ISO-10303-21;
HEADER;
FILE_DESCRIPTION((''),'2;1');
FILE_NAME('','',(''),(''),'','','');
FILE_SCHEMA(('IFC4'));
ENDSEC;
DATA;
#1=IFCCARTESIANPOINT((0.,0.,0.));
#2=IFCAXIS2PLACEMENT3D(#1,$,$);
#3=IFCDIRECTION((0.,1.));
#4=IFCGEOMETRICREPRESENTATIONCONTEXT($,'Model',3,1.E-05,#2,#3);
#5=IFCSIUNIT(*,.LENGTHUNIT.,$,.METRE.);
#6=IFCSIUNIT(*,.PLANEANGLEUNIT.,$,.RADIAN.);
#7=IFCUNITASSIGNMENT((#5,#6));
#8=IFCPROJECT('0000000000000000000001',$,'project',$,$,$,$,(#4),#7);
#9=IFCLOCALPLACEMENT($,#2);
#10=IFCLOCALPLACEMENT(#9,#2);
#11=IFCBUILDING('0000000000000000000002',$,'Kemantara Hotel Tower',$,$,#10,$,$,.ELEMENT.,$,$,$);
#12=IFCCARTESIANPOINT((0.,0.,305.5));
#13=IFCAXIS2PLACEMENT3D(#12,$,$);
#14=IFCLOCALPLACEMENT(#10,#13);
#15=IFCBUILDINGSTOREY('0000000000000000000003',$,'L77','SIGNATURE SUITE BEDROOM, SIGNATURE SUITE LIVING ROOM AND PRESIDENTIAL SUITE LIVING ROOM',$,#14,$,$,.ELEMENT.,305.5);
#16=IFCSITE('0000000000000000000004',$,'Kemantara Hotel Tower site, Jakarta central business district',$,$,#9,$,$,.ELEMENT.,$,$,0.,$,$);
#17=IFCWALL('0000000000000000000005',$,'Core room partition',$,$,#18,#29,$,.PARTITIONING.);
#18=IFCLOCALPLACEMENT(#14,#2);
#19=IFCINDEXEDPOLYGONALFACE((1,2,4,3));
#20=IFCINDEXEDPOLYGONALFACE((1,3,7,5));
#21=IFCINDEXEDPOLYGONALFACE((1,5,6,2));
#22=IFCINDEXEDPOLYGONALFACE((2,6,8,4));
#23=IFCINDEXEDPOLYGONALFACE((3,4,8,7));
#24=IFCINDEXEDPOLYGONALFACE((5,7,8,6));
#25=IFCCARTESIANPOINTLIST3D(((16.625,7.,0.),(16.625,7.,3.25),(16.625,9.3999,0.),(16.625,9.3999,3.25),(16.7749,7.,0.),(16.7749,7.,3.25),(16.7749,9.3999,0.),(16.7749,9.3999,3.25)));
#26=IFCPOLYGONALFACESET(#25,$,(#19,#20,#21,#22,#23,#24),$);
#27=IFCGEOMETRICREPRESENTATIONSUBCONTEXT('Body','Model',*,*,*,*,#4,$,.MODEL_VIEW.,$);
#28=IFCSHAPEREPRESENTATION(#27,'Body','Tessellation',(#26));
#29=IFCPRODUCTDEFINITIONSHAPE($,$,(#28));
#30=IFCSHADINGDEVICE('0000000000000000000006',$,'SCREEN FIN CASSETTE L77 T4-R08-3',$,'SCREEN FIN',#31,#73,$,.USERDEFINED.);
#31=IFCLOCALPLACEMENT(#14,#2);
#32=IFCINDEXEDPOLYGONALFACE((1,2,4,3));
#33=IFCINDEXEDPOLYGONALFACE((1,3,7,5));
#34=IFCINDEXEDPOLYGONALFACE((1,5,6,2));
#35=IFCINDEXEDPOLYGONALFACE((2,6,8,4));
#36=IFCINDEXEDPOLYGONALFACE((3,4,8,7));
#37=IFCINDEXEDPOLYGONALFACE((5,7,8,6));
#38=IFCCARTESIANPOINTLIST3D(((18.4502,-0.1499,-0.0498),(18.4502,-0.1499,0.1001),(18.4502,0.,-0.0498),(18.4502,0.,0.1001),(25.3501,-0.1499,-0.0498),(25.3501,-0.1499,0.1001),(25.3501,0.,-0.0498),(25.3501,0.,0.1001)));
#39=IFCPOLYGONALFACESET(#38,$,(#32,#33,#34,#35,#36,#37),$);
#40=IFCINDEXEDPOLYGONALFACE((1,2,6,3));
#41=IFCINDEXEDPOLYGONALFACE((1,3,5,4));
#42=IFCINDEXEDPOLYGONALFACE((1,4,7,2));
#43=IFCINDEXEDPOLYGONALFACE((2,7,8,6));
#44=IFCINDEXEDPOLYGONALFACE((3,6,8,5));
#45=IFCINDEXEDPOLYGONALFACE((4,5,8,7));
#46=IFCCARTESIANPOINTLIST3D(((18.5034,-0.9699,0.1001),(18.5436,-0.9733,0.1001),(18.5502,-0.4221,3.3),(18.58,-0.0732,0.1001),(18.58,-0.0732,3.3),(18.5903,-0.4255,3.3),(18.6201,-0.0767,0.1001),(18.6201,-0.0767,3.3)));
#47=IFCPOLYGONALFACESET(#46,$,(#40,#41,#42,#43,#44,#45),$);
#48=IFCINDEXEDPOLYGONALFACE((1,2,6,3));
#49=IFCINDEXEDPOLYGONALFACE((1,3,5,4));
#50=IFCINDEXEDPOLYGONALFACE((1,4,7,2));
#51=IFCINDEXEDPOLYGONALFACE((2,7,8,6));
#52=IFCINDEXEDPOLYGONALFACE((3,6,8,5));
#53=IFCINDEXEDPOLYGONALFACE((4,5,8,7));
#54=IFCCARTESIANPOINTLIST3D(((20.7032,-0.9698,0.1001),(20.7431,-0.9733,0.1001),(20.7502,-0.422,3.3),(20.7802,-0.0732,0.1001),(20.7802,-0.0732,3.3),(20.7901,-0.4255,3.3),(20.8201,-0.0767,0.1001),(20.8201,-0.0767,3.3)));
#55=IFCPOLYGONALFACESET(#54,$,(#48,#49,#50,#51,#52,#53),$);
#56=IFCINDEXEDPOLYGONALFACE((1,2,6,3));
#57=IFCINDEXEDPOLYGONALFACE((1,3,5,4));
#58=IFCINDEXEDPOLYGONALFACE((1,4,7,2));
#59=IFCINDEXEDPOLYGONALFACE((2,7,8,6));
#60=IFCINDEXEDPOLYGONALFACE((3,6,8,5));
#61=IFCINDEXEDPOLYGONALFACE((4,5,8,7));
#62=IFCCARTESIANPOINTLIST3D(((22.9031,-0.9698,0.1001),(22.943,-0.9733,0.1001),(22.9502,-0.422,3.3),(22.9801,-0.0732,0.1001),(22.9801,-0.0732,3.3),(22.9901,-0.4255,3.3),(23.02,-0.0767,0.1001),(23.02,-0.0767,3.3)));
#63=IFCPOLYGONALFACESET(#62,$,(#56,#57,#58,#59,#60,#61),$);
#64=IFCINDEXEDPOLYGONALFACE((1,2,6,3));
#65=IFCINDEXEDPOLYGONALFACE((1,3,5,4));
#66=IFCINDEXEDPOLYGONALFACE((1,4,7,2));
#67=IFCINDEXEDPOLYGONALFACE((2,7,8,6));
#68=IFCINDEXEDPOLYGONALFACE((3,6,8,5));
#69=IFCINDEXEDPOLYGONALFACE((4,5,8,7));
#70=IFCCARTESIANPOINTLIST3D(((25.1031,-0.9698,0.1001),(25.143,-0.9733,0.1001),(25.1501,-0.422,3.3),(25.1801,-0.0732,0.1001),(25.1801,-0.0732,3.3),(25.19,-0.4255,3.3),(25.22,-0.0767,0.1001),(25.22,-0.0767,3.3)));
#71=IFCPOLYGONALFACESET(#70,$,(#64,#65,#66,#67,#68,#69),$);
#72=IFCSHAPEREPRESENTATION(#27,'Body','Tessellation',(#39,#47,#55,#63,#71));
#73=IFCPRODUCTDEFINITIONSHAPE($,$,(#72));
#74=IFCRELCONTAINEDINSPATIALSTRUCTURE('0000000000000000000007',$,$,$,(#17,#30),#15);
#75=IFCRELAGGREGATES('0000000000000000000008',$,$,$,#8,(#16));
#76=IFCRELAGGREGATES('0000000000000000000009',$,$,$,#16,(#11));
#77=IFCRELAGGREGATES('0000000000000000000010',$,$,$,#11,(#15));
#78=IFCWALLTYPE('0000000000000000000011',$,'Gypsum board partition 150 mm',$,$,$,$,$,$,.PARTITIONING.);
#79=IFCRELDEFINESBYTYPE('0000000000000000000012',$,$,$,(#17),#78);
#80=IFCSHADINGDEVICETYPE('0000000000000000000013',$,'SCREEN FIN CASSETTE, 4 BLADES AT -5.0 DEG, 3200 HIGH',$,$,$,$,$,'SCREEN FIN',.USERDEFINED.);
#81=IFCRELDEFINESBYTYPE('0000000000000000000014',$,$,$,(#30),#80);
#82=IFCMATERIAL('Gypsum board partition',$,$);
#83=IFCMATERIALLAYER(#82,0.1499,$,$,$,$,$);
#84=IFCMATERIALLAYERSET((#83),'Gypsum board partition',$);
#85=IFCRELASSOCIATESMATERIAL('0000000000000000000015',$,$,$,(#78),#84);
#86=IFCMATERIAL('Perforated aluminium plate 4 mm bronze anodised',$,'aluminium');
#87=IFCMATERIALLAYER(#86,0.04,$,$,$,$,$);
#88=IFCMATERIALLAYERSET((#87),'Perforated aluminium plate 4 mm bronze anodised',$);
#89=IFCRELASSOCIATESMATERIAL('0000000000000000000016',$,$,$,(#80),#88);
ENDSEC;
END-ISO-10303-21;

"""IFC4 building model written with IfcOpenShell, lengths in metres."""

from ifc_helpers import new_model, si_unit, direction, frame, frame_2d, origin, origin_2d, place, context, subcontext, project, spatial, polyline, rectangle, outline, extrude, source, transform, mapped, material, layer, layer_set, type_object, element, save


model = new_model("IFC4")

# Units and contexts
model_context = context("Model", 3, precision=1e-05, world=origin(), true_north=direction((0.0, 1.0)))
body_context = subcontext(model_context, "Body", "Model", "MODEL_VIEW")
ifc_project = project(units=[si_unit("LENGTHUNIT", "METRE"), si_unit("PLANEANGLEUNIT", "RADIAN")], contexts=[model_context])

# Site, building, storey
site_placement = place(None, origin())
site = spatial("IfcSite", under=ifc_project, at=site_placement, Name="Kemantara Hotel Tower site, Jakarta central business district", CompositionType="ELEMENT", RefElevation=0.0)
building_placement = place(site_placement, origin())
building = spatial("IfcBuilding", under=site, at=building_placement, Name="Kemantara Hotel Tower", CompositionType="ELEMENT")
storey_placement = place(building_placement, frame((0.0, 0.0, 305.5)))
storey = spatial("IfcBuildingStorey", under=building, at=storey_placement, Name="L77", Description="SIGNATURE SUITE BEDROOM, SIGNATURE SUITE LIVING ROOM AND PRESIDENTIAL SUITE LIVING ROOM", CompositionType="ELEMENT", Elevation=305.5)

# Wall
ifc_material_1 = material(Name="Gypsum board partition")
ifc_layer_1 = layer(ifc_material_1, 0.1499)
ifc_layer_set_1 = layer_set([ifc_layer_1], Name="Gypsum board partition")
wall_type_1 = type_object("IfcWallType", Name="Gypsum board partition 150 mm", PredefinedType="PARTITIONING", material=ifc_layer_set_1)
wall_1_placement = place(storey_placement, frame((16.7, 7.0, 0.0), z_axis=(0.0, 0.0, 1.0), x_axis=(0.0, 1.0, 0.0)))
element("IfcWall", 1, at=wall_1_placement, inside=storey, type_object=wall_type_1, Name="Core room partition", PredefinedType="PARTITIONING", context=body_context, shape_type="SweptSolid", body=[
    extrude(rectangle(XDim=2.3999, YDim=0.1499, at=frame_2d((1.2, 0.0))), origin(), (0.0, 0.0, 1.0), 3.25),
])

# Shading device
ifc_material_2 = material(Name="Perforated aluminium plate 4 mm bronze anodised", Category="aluminium")
ifc_layer_2 = layer(ifc_material_2, 0.04)
ifc_layer_set_2 = layer_set([ifc_layer_2], Name="Perforated aluminium plate 4 mm bronze anodised")
shading_device_type = type_object("IfcShadingDeviceType", Name="SCREEN FIN CASSETTE, 4 BLADES AT -5.0 DEG, 3200 HIGH", ElementType="SCREEN FIN", PredefinedType="USERDEFINED", material=ifc_layer_set_2)
shared_shape = source(origin(), body_context, "Body", "SweptSolid", [
    extrude(rectangle(XDim=6.8999, YDim=0.1499, at=origin_2d()), frame((3.3, -0.075, -0.1499), z_axis=(0.0, 0.0, 1.0), x_axis=(1.0, 0.0, 0.0)), (0.0, 0.0, 1.0), 0.1499),
    extrude(outline(polyline([(0.0, 0.0), (0.8999, 0.0), (0.3501, 3.2), (0.0, 3.2), (0.0, 0.0)])), frame((0.02, -0.0767, 0.0), z_axis=(-0.996376, 0.085056, 0.0), x_axis=(-0.085056, -0.996376, 0.0)), (0.0, 0.0, 1.0), 0.0403),
    extrude(outline(polyline([(0.0, 0.0), (0.8999, 0.0), (0.3501, 3.2), (0.0, 3.2), (0.0, 0.0)])), frame((2.22, -0.0767, 0.0), z_axis=(-0.996332, 0.085575, 0.0), x_axis=(-0.085575, -0.996332, 0.0)), (0.0, 0.0, 1.0), 0.04),
    extrude(outline(polyline([(0.0, 0.0), (0.8999, 0.0), (0.3501, 3.2), (0.0, 3.2), (0.0, 0.0)])), frame((4.4199, -0.0767, 0.0), z_axis=(-0.996332, 0.085575, 0.0), x_axis=(-0.085575, -0.996332, 0.0)), (0.0, 0.0, 1.0), 0.04),
    extrude(outline(polyline([(0.0, 0.0), (0.8999, 0.0), (0.3501, 3.2), (0.0, 3.2), (0.0, 0.0)])), frame((6.6199, -0.0767, 0.0), z_axis=(-0.996332, 0.085575, 0.0), x_axis=(-0.085575, -0.996332, 0.0)), (0.0, 0.0, 1.0), 0.04),
])
shading_device_placement = place(storey_placement, frame((18.6001, 0.0, 0.1001), z_axis=(0.0, 0.0, 1.0), x_axis=(1.0, 0.0, 0.0)))
element("IfcShadingDevice", 2, at=shading_device_placement, inside=storey, type_object=shading_device_type, Name="SCREEN FIN CASSETTE L77 T4-R08-3", ObjectType="SCREEN FIN", PredefinedType="USERDEFINED", context=body_context, shape_type="MappedRepresentation", body=[
    mapped(shared_shape, transform((0.0, 0.0, 0.0))),
])

save(model, "model.ifc")
